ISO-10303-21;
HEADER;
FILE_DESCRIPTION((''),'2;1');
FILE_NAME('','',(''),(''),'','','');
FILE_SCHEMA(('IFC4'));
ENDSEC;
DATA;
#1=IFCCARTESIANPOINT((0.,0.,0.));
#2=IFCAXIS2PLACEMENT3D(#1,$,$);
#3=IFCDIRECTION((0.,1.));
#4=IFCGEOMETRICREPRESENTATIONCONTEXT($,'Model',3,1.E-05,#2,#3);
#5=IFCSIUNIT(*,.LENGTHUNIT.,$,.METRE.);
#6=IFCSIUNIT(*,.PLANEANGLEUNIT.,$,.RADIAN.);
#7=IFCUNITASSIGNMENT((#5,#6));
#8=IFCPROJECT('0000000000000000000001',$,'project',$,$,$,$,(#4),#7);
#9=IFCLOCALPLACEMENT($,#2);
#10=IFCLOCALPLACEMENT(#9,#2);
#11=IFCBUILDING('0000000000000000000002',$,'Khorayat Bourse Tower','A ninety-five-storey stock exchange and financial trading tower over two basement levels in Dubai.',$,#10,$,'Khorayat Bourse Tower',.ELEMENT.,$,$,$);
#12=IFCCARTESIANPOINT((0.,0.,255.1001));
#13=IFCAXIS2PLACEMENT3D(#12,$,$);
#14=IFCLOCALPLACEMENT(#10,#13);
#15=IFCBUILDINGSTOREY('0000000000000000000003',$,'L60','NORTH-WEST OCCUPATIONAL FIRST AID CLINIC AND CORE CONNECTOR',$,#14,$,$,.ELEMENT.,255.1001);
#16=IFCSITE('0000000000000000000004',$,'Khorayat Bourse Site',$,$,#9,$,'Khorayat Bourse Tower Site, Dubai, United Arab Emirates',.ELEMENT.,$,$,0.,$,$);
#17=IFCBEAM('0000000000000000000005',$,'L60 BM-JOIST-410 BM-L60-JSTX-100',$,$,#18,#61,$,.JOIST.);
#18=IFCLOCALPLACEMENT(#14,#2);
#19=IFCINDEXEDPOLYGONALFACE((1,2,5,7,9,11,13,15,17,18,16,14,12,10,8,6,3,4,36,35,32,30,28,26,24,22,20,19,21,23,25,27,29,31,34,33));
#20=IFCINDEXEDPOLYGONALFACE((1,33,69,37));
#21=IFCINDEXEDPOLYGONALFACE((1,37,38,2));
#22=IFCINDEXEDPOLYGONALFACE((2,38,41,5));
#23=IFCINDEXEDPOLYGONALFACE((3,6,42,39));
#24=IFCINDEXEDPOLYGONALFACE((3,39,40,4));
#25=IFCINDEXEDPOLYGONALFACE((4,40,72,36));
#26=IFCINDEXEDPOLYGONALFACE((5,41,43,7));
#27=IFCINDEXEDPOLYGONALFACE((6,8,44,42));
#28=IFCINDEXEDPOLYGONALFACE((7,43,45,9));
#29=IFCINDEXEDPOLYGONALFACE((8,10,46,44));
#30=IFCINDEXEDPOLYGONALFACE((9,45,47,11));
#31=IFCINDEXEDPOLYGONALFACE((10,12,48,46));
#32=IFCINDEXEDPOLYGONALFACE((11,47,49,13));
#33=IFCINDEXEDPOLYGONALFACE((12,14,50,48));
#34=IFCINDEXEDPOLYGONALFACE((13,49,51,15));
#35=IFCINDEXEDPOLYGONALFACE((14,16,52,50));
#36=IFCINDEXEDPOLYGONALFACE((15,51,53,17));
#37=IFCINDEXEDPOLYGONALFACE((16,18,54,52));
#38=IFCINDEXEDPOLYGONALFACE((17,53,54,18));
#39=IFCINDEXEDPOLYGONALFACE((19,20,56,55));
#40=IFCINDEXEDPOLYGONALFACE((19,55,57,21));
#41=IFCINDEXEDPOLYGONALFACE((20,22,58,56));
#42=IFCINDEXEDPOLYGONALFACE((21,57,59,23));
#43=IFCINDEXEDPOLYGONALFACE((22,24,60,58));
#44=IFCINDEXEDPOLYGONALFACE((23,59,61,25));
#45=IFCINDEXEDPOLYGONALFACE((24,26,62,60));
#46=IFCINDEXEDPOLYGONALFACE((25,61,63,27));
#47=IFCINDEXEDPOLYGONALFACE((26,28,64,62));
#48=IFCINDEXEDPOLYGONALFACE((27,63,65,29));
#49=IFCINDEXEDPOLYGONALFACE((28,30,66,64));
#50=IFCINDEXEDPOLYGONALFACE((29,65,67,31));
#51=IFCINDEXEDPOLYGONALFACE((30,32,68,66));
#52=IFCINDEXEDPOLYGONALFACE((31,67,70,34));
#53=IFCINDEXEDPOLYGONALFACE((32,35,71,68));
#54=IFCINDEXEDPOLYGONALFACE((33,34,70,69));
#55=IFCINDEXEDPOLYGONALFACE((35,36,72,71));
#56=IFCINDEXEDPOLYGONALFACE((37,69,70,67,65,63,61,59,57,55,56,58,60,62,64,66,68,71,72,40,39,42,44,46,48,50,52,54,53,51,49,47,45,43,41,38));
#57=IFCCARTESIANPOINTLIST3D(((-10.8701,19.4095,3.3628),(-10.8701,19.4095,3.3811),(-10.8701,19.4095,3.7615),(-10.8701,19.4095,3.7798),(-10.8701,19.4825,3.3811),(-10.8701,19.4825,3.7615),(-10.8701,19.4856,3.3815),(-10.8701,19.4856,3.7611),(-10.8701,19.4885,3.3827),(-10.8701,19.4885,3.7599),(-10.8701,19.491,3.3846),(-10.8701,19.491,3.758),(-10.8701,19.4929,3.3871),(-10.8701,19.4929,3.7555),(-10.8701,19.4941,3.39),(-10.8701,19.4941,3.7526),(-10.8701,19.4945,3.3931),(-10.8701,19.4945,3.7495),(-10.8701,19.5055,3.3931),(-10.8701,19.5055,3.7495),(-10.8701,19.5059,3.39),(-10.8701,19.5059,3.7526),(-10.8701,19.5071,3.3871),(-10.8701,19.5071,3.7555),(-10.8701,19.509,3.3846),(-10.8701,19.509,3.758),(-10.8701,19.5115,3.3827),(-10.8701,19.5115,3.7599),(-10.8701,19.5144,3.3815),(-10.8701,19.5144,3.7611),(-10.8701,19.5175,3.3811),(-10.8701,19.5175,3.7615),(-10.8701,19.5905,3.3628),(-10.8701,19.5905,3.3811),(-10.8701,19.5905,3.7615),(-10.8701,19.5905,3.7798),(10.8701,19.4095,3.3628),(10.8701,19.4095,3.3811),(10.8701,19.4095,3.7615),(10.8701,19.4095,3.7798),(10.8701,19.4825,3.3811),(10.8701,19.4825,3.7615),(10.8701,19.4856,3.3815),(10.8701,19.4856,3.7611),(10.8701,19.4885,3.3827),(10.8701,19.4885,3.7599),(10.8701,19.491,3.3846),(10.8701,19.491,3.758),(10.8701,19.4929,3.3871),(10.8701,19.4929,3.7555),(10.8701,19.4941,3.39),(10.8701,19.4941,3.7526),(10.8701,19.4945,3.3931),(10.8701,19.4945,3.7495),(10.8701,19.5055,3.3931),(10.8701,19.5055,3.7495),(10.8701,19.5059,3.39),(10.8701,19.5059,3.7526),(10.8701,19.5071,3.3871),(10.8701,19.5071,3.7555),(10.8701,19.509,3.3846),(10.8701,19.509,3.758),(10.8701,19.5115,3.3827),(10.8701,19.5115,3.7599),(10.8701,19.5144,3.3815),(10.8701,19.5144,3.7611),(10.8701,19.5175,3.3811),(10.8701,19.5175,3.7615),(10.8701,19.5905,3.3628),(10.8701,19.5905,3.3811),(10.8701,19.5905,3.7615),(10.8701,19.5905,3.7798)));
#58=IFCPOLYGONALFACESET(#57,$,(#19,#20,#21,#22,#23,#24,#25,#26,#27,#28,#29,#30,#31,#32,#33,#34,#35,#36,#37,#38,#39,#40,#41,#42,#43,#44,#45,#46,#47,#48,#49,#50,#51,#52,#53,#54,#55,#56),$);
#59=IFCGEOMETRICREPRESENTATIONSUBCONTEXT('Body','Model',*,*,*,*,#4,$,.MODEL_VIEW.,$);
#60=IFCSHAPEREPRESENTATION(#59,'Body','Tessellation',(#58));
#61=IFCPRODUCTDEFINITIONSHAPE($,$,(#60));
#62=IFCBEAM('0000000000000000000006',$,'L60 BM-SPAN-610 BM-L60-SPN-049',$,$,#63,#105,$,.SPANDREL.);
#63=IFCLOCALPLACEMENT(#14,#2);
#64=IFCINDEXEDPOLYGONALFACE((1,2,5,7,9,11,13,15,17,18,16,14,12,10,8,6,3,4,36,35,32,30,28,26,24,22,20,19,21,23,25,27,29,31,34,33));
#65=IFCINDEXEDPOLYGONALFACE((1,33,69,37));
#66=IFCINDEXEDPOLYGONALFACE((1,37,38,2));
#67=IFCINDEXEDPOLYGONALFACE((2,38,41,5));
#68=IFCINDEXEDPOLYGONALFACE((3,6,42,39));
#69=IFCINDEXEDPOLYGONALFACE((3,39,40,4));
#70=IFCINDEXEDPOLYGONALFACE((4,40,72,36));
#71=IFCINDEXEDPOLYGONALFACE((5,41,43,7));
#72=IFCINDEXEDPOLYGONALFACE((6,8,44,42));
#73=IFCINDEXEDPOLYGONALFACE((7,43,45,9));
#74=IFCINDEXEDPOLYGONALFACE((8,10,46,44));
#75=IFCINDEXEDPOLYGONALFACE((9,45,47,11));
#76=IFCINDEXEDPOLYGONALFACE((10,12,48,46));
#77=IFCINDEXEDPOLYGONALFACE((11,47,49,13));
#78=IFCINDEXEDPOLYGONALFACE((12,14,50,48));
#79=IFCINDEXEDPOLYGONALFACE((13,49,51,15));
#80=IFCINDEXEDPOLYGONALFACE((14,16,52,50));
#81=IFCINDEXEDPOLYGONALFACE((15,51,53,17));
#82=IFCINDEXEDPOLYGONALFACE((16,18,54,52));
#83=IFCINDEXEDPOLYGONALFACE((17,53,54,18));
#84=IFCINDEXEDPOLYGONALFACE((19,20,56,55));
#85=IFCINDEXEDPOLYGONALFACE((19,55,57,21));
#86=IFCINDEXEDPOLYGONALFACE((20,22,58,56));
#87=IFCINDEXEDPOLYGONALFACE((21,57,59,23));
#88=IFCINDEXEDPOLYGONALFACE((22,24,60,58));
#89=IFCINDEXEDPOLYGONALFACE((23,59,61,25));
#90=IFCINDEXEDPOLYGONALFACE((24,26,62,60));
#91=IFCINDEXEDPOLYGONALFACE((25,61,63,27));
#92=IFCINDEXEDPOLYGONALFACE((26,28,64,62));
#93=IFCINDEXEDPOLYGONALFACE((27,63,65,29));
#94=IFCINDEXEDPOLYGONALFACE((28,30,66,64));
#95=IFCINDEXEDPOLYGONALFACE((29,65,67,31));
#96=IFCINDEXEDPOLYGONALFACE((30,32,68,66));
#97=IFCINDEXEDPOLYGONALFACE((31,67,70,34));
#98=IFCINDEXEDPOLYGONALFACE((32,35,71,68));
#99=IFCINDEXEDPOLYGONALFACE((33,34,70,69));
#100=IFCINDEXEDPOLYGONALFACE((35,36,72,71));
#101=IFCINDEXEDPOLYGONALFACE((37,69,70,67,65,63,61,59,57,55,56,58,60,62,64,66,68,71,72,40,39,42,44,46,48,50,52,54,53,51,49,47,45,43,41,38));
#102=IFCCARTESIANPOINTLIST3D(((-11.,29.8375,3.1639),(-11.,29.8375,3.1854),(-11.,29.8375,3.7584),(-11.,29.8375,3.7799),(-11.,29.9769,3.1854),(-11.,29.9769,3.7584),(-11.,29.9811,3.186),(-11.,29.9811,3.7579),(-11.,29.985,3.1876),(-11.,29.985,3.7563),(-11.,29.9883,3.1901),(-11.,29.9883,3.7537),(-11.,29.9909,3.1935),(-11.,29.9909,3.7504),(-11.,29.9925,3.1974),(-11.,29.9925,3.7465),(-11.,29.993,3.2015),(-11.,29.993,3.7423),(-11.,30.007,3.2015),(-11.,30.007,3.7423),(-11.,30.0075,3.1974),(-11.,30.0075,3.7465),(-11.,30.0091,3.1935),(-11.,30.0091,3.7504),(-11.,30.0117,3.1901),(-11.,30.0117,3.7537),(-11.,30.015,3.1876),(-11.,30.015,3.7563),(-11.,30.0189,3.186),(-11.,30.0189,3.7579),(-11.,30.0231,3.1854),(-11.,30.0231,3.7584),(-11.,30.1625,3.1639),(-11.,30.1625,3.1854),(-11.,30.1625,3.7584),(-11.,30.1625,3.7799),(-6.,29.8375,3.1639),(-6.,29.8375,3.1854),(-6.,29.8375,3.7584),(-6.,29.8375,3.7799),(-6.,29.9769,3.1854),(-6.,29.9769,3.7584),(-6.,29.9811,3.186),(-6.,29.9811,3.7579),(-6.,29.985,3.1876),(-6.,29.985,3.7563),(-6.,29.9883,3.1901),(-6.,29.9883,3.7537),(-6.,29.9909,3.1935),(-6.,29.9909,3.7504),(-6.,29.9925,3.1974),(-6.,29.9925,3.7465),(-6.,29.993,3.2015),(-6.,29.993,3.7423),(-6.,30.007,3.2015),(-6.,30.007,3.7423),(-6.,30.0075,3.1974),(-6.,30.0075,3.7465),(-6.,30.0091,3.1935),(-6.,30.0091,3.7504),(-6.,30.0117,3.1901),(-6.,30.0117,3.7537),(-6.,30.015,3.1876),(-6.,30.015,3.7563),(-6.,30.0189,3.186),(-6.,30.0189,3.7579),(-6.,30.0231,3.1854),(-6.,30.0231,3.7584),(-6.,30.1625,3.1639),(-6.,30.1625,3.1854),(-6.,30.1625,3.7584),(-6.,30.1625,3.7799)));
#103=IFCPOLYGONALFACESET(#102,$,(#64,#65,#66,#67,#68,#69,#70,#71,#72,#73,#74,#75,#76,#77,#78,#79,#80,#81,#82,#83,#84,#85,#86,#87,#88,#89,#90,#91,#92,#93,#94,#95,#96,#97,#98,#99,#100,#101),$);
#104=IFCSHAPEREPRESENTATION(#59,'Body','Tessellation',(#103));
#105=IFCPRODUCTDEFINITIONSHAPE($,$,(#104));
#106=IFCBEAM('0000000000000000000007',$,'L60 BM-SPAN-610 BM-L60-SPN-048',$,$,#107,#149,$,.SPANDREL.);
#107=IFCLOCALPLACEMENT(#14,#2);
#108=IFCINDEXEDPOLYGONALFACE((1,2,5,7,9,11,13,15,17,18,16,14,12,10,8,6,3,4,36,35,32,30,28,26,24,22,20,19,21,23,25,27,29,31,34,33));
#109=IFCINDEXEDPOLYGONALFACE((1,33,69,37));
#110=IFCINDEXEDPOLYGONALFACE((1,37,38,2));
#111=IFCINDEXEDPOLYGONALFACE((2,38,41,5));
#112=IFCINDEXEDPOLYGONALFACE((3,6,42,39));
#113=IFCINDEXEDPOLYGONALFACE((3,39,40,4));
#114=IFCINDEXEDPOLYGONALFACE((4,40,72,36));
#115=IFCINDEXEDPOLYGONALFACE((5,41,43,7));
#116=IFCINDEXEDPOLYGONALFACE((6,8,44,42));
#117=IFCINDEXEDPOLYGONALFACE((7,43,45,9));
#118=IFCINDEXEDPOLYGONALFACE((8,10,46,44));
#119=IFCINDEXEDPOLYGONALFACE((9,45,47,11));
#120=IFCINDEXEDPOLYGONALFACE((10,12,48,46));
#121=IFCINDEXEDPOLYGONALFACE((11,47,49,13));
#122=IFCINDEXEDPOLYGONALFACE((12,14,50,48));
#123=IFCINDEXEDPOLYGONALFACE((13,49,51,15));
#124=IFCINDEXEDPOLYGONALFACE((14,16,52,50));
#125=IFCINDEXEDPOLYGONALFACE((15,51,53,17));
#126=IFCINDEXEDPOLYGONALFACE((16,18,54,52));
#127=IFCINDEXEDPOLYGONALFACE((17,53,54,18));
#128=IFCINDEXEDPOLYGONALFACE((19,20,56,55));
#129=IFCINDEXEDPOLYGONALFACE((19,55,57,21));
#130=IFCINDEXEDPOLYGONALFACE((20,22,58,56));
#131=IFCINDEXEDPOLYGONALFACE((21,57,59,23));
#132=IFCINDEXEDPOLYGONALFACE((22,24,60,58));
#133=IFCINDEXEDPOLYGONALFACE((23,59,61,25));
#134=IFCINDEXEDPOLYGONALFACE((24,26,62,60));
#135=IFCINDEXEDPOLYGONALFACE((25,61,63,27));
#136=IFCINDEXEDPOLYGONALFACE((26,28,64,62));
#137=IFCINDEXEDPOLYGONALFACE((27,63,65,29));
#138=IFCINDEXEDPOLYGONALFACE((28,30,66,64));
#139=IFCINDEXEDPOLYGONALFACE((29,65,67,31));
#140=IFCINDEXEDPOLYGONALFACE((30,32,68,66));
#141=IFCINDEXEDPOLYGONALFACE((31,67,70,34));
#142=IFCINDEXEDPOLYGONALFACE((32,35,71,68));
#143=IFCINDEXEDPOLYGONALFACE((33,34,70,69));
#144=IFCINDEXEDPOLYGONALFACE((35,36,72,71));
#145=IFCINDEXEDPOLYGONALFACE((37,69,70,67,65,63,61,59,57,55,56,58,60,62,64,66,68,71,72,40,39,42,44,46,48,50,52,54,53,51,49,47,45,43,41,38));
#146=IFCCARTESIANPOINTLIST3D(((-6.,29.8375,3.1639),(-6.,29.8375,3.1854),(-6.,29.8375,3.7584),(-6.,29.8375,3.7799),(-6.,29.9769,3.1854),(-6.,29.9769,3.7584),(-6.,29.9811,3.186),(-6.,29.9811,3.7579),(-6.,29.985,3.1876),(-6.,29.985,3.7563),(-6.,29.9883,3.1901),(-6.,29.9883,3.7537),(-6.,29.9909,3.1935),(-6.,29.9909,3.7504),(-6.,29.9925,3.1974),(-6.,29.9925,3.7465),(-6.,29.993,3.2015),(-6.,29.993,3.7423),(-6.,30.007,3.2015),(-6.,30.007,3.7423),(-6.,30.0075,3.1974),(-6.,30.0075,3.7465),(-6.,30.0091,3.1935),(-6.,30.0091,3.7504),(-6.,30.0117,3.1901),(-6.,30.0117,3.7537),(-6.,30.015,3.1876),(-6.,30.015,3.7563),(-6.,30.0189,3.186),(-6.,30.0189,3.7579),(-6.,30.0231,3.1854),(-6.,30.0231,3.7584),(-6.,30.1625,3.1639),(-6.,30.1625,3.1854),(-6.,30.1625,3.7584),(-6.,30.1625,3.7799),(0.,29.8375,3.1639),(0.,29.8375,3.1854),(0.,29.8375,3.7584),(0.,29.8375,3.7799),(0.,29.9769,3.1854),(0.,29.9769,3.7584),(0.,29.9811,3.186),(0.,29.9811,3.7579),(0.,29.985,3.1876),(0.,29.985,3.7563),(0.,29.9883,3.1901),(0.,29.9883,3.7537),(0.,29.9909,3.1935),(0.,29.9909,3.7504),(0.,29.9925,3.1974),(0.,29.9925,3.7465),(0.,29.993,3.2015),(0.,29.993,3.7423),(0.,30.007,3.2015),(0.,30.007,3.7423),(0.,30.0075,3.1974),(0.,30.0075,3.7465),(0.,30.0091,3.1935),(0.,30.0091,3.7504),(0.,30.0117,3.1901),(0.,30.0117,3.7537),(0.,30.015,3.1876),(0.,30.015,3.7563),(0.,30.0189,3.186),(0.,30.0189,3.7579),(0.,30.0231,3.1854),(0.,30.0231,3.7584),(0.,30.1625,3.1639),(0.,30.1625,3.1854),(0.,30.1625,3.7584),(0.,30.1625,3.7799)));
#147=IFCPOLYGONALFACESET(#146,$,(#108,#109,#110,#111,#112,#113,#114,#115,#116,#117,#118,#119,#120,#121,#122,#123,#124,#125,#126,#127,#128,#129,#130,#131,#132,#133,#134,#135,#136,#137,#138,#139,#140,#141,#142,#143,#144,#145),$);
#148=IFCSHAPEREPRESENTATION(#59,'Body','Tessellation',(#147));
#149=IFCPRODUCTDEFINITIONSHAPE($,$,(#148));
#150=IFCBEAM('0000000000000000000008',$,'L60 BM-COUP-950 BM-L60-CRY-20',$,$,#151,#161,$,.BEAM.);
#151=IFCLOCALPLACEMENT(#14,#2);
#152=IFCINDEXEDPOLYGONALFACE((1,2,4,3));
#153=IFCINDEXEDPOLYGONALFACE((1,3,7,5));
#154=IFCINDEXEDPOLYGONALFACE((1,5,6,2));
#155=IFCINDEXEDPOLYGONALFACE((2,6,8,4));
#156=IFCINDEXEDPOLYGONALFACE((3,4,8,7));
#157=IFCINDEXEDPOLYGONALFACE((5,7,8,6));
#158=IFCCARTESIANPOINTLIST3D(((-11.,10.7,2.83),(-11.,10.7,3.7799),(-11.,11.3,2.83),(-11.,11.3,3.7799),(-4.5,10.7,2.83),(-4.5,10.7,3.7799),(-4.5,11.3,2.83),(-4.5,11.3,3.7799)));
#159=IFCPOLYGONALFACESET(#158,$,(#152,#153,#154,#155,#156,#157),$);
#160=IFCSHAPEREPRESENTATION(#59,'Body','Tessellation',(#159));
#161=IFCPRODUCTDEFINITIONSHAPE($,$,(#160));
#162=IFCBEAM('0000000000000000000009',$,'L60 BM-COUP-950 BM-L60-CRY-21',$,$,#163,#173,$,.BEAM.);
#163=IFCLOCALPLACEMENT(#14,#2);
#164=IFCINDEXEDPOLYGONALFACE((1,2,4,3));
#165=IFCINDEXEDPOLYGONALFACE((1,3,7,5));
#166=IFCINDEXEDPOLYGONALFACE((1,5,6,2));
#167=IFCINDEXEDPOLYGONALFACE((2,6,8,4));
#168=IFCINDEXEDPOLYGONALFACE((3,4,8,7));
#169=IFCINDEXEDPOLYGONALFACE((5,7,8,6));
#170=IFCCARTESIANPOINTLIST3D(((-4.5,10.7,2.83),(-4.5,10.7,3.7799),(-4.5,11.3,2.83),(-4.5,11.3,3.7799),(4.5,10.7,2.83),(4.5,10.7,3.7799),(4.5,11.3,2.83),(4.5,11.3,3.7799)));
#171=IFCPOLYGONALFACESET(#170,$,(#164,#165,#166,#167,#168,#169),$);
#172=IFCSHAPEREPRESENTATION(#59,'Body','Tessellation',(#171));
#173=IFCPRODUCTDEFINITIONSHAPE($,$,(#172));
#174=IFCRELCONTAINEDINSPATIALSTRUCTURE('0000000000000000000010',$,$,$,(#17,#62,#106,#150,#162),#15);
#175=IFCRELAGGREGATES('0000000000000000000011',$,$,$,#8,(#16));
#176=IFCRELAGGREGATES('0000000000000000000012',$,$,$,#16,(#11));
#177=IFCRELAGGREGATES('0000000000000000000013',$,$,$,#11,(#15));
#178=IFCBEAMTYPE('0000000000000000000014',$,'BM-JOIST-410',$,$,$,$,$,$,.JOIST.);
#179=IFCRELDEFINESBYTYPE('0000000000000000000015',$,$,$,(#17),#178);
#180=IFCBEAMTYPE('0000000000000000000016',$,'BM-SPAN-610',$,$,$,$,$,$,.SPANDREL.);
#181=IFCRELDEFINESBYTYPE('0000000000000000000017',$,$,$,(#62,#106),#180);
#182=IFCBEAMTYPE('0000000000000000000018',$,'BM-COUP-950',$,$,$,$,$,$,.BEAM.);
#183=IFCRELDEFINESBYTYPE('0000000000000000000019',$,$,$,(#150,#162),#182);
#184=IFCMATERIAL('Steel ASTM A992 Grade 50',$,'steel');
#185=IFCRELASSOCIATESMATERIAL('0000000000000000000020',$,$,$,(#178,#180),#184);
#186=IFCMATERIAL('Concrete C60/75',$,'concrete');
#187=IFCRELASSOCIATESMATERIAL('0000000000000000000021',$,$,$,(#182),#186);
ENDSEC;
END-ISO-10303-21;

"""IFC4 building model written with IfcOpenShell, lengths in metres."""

from ifc_helpers import new_model, si_unit, direction, frame, origin, origin_2d, place, context, subcontext, project, spatial, rectangle, i_section, extrude, source, transform, mapped, material, material_profile, profile_set, type_object, element, save


model = new_model("IFC4")

# Units and contexts
model_context = context("Model", 3, precision=1e-05, world=origin(), true_north=direction((0.0, 1.0)))
body_context = subcontext(model_context, "Body", "Model", "MODEL_VIEW")
ifc_project = project(units=[si_unit("LENGTHUNIT", "METRE"), si_unit("PLANEANGLEUNIT", "RADIAN")], contexts=[model_context])

# Site, building, storey
site_placement = place(None, origin())
site = spatial("IfcSite", under=ifc_project, at=site_placement, Name="Khorayat Bourse Site", LongName="Khorayat Bourse Tower Site, Dubai, United Arab Emirates", CompositionType="ELEMENT", RefElevation=0.0)
building_placement = place(site_placement, origin())
building = spatial("IfcBuilding", under=site, at=building_placement, Name="Khorayat Bourse Tower", Description="A ninety-five-storey stock exchange and financial trading tower over two basement levels in Dubai.", LongName="Khorayat Bourse Tower", CompositionType="ELEMENT")
storey_placement = place(building_placement, frame((0.0, 0.0, 255.1001)))
storey = spatial("IfcBuildingStorey", under=building, at=storey_placement, Name="L60", Description="NORTH-WEST OCCUPATIONAL FIRST AID CLINIC AND CORE CONNECTOR", CompositionType="ELEMENT", Elevation=255.1001)

# Shared definitions
ifc_material_1 = material(Name="Concrete C60/75", Category="concrete")

# Beams
ifc_material_2 = material(Name="Steel ASTM A992 Grade 50", Category="steel")
ifc_material_profile_1 = material_profile(ifc_material_2, i_section(OverallWidth=0.1809, OverallDepth=0.417, WebThickness=0.011, FlangeThickness=0.0183, FilletRadius=0.012, at=origin_2d()), Name="W410X85")
ifc_profile_set_1 = profile_set([ifc_material_profile_1], Name="Steel ASTM A992 Grade 50")
beam_type_1 = type_object("IfcBeamType", Name="BM-JOIST-410", PredefinedType="JOIST", material=ifc_profile_set_1)
shared_shape_1 = source(origin(), body_context, "Body", "SweptSolid", [
    extrude(i_section(OverallWidth=0.1809, OverallDepth=0.417, WebThickness=0.011, FlangeThickness=0.0183, FilletRadius=0.012, at=origin_2d()), origin(), (0.0, 0.0, 1.0), 21.7402),
])
beam_1_placement = place(storey_placement, frame((-10.8701, 19.5, 3.5713), z_axis=(1.0, 0.0, 0.0), x_axis=(0.0, 1.0, 0.0)))
element("IfcBeam", 1, at=beam_1_placement, inside=storey, type_object=beam_type_1, Name="L60 BM-JOIST-410 BM-L60-JSTX-100", PredefinedType="JOIST", context=body_context, shape_type="MappedRepresentation", body=[
    mapped(shared_shape_1, transform((0.0, 0.0, 0.0), scale=1.0)),
])
ifc_material_profile_2 = material_profile(ifc_material_2, i_section(OverallWidth=0.325, OverallDepth=0.616, WebThickness=0.0139, FlangeThickness=0.0215, FilletRadius=0.0161, at=origin_2d()), Name="W610X174")
ifc_profile_set_2 = profile_set([ifc_material_profile_2], Name="Steel ASTM A992 Grade 50")
beam_type_2 = type_object("IfcBeamType", Name="BM-SPAN-610", PredefinedType="SPANDREL", material=ifc_profile_set_2)
shared_shape_2 = source(origin(), body_context, "Body", "SweptSolid", [
    extrude(i_section(OverallWidth=0.325, OverallDepth=0.616, WebThickness=0.0139, FlangeThickness=0.0215, FilletRadius=0.0161, at=origin_2d()), origin(), (0.0, 0.0, 1.0), 5.0),
])
beam_2_placement = place(storey_placement, frame((-11.0, 30.0, 3.4719), z_axis=(1.0, 0.0, 0.0), x_axis=(0.0, 1.0, 0.0)))
element("IfcBeam", 2, at=beam_2_placement, inside=storey, type_object=beam_type_2, Name="L60 BM-SPAN-610 BM-L60-SPN-049", PredefinedType="SPANDREL", context=body_context, shape_type="MappedRepresentation", body=[
    mapped(shared_shape_2, transform((0.0, 0.0, 0.0), scale=1.0)),
])
shared_shape_3 = source(origin(), body_context, "Body", "SweptSolid", [
    extrude(i_section(OverallWidth=0.325, OverallDepth=0.616, WebThickness=0.0139, FlangeThickness=0.0215, FilletRadius=0.0161, at=origin_2d()), origin(), (0.0, 0.0, 1.0), 6.0),
])
beam_3_placement = place(storey_placement, frame((-6.0, 30.0, 3.4719), z_axis=(1.0, 0.0, 0.0), x_axis=(0.0, 1.0, 0.0)))
element("IfcBeam", 3, at=beam_3_placement, inside=storey, type_object=beam_type_2, Name="L60 BM-SPAN-610 BM-L60-SPN-048", PredefinedType="SPANDREL", context=body_context, shape_type="MappedRepresentation", body=[
    mapped(shared_shape_3, transform((0.0, 0.0, 0.0), scale=1.0)),
])
ifc_material_profile_3 = material_profile(ifc_material_1, rectangle(XDim=0.6001, YDim=0.95, at=origin_2d()), Name="RC 600x950")
ifc_profile_set_3 = profile_set([ifc_material_profile_3], Name="Concrete C60/75")
beam_type_3 = type_object("IfcBeamType", Name="BM-COUP-950", PredefinedType="BEAM", material=ifc_profile_set_3)
shared_shape_4 = source(origin(), body_context, "Body", "SweptSolid", [
    extrude(rectangle(XDim=0.6001, YDim=0.95, at=origin_2d()), origin(), (0.0, 0.0, 1.0), 6.5),
])
beam_4_placement = place(storey_placement, frame((-11.0, 11.0, 3.3049), z_axis=(1.0, 0.0, 0.0), x_axis=(0.0, 1.0, 0.0)))
element("IfcBeam", 4, at=beam_4_placement, inside=storey, type_object=beam_type_3, Name="L60 BM-COUP-950 BM-L60-CRY-20", PredefinedType="BEAM", context=body_context, shape_type="MappedRepresentation", body=[
    mapped(shared_shape_4, transform((0.0, 0.0, 0.0), scale=1.0)),
])
shared_shape_5 = source(origin(), body_context, "Body", "SweptSolid", [
    extrude(rectangle(XDim=0.6001, YDim=0.95, at=origin_2d()), origin(), (0.0, 0.0, 1.0), 9.0),
])
beam_5_placement = place(storey_placement, frame((-4.5, 11.0, 3.3049), z_axis=(1.0, 0.0, 0.0), x_axis=(0.0, 1.0, 0.0)))
element("IfcBeam", 5, at=beam_5_placement, inside=storey, type_object=beam_type_3, Name="L60 BM-COUP-950 BM-L60-CRY-21", PredefinedType="BEAM", context=body_context, shape_type="MappedRepresentation", body=[
    mapped(shared_shape_5, transform((0.0, 0.0, 0.0), scale=1.0)),
])

save(model, "model.ifc")
